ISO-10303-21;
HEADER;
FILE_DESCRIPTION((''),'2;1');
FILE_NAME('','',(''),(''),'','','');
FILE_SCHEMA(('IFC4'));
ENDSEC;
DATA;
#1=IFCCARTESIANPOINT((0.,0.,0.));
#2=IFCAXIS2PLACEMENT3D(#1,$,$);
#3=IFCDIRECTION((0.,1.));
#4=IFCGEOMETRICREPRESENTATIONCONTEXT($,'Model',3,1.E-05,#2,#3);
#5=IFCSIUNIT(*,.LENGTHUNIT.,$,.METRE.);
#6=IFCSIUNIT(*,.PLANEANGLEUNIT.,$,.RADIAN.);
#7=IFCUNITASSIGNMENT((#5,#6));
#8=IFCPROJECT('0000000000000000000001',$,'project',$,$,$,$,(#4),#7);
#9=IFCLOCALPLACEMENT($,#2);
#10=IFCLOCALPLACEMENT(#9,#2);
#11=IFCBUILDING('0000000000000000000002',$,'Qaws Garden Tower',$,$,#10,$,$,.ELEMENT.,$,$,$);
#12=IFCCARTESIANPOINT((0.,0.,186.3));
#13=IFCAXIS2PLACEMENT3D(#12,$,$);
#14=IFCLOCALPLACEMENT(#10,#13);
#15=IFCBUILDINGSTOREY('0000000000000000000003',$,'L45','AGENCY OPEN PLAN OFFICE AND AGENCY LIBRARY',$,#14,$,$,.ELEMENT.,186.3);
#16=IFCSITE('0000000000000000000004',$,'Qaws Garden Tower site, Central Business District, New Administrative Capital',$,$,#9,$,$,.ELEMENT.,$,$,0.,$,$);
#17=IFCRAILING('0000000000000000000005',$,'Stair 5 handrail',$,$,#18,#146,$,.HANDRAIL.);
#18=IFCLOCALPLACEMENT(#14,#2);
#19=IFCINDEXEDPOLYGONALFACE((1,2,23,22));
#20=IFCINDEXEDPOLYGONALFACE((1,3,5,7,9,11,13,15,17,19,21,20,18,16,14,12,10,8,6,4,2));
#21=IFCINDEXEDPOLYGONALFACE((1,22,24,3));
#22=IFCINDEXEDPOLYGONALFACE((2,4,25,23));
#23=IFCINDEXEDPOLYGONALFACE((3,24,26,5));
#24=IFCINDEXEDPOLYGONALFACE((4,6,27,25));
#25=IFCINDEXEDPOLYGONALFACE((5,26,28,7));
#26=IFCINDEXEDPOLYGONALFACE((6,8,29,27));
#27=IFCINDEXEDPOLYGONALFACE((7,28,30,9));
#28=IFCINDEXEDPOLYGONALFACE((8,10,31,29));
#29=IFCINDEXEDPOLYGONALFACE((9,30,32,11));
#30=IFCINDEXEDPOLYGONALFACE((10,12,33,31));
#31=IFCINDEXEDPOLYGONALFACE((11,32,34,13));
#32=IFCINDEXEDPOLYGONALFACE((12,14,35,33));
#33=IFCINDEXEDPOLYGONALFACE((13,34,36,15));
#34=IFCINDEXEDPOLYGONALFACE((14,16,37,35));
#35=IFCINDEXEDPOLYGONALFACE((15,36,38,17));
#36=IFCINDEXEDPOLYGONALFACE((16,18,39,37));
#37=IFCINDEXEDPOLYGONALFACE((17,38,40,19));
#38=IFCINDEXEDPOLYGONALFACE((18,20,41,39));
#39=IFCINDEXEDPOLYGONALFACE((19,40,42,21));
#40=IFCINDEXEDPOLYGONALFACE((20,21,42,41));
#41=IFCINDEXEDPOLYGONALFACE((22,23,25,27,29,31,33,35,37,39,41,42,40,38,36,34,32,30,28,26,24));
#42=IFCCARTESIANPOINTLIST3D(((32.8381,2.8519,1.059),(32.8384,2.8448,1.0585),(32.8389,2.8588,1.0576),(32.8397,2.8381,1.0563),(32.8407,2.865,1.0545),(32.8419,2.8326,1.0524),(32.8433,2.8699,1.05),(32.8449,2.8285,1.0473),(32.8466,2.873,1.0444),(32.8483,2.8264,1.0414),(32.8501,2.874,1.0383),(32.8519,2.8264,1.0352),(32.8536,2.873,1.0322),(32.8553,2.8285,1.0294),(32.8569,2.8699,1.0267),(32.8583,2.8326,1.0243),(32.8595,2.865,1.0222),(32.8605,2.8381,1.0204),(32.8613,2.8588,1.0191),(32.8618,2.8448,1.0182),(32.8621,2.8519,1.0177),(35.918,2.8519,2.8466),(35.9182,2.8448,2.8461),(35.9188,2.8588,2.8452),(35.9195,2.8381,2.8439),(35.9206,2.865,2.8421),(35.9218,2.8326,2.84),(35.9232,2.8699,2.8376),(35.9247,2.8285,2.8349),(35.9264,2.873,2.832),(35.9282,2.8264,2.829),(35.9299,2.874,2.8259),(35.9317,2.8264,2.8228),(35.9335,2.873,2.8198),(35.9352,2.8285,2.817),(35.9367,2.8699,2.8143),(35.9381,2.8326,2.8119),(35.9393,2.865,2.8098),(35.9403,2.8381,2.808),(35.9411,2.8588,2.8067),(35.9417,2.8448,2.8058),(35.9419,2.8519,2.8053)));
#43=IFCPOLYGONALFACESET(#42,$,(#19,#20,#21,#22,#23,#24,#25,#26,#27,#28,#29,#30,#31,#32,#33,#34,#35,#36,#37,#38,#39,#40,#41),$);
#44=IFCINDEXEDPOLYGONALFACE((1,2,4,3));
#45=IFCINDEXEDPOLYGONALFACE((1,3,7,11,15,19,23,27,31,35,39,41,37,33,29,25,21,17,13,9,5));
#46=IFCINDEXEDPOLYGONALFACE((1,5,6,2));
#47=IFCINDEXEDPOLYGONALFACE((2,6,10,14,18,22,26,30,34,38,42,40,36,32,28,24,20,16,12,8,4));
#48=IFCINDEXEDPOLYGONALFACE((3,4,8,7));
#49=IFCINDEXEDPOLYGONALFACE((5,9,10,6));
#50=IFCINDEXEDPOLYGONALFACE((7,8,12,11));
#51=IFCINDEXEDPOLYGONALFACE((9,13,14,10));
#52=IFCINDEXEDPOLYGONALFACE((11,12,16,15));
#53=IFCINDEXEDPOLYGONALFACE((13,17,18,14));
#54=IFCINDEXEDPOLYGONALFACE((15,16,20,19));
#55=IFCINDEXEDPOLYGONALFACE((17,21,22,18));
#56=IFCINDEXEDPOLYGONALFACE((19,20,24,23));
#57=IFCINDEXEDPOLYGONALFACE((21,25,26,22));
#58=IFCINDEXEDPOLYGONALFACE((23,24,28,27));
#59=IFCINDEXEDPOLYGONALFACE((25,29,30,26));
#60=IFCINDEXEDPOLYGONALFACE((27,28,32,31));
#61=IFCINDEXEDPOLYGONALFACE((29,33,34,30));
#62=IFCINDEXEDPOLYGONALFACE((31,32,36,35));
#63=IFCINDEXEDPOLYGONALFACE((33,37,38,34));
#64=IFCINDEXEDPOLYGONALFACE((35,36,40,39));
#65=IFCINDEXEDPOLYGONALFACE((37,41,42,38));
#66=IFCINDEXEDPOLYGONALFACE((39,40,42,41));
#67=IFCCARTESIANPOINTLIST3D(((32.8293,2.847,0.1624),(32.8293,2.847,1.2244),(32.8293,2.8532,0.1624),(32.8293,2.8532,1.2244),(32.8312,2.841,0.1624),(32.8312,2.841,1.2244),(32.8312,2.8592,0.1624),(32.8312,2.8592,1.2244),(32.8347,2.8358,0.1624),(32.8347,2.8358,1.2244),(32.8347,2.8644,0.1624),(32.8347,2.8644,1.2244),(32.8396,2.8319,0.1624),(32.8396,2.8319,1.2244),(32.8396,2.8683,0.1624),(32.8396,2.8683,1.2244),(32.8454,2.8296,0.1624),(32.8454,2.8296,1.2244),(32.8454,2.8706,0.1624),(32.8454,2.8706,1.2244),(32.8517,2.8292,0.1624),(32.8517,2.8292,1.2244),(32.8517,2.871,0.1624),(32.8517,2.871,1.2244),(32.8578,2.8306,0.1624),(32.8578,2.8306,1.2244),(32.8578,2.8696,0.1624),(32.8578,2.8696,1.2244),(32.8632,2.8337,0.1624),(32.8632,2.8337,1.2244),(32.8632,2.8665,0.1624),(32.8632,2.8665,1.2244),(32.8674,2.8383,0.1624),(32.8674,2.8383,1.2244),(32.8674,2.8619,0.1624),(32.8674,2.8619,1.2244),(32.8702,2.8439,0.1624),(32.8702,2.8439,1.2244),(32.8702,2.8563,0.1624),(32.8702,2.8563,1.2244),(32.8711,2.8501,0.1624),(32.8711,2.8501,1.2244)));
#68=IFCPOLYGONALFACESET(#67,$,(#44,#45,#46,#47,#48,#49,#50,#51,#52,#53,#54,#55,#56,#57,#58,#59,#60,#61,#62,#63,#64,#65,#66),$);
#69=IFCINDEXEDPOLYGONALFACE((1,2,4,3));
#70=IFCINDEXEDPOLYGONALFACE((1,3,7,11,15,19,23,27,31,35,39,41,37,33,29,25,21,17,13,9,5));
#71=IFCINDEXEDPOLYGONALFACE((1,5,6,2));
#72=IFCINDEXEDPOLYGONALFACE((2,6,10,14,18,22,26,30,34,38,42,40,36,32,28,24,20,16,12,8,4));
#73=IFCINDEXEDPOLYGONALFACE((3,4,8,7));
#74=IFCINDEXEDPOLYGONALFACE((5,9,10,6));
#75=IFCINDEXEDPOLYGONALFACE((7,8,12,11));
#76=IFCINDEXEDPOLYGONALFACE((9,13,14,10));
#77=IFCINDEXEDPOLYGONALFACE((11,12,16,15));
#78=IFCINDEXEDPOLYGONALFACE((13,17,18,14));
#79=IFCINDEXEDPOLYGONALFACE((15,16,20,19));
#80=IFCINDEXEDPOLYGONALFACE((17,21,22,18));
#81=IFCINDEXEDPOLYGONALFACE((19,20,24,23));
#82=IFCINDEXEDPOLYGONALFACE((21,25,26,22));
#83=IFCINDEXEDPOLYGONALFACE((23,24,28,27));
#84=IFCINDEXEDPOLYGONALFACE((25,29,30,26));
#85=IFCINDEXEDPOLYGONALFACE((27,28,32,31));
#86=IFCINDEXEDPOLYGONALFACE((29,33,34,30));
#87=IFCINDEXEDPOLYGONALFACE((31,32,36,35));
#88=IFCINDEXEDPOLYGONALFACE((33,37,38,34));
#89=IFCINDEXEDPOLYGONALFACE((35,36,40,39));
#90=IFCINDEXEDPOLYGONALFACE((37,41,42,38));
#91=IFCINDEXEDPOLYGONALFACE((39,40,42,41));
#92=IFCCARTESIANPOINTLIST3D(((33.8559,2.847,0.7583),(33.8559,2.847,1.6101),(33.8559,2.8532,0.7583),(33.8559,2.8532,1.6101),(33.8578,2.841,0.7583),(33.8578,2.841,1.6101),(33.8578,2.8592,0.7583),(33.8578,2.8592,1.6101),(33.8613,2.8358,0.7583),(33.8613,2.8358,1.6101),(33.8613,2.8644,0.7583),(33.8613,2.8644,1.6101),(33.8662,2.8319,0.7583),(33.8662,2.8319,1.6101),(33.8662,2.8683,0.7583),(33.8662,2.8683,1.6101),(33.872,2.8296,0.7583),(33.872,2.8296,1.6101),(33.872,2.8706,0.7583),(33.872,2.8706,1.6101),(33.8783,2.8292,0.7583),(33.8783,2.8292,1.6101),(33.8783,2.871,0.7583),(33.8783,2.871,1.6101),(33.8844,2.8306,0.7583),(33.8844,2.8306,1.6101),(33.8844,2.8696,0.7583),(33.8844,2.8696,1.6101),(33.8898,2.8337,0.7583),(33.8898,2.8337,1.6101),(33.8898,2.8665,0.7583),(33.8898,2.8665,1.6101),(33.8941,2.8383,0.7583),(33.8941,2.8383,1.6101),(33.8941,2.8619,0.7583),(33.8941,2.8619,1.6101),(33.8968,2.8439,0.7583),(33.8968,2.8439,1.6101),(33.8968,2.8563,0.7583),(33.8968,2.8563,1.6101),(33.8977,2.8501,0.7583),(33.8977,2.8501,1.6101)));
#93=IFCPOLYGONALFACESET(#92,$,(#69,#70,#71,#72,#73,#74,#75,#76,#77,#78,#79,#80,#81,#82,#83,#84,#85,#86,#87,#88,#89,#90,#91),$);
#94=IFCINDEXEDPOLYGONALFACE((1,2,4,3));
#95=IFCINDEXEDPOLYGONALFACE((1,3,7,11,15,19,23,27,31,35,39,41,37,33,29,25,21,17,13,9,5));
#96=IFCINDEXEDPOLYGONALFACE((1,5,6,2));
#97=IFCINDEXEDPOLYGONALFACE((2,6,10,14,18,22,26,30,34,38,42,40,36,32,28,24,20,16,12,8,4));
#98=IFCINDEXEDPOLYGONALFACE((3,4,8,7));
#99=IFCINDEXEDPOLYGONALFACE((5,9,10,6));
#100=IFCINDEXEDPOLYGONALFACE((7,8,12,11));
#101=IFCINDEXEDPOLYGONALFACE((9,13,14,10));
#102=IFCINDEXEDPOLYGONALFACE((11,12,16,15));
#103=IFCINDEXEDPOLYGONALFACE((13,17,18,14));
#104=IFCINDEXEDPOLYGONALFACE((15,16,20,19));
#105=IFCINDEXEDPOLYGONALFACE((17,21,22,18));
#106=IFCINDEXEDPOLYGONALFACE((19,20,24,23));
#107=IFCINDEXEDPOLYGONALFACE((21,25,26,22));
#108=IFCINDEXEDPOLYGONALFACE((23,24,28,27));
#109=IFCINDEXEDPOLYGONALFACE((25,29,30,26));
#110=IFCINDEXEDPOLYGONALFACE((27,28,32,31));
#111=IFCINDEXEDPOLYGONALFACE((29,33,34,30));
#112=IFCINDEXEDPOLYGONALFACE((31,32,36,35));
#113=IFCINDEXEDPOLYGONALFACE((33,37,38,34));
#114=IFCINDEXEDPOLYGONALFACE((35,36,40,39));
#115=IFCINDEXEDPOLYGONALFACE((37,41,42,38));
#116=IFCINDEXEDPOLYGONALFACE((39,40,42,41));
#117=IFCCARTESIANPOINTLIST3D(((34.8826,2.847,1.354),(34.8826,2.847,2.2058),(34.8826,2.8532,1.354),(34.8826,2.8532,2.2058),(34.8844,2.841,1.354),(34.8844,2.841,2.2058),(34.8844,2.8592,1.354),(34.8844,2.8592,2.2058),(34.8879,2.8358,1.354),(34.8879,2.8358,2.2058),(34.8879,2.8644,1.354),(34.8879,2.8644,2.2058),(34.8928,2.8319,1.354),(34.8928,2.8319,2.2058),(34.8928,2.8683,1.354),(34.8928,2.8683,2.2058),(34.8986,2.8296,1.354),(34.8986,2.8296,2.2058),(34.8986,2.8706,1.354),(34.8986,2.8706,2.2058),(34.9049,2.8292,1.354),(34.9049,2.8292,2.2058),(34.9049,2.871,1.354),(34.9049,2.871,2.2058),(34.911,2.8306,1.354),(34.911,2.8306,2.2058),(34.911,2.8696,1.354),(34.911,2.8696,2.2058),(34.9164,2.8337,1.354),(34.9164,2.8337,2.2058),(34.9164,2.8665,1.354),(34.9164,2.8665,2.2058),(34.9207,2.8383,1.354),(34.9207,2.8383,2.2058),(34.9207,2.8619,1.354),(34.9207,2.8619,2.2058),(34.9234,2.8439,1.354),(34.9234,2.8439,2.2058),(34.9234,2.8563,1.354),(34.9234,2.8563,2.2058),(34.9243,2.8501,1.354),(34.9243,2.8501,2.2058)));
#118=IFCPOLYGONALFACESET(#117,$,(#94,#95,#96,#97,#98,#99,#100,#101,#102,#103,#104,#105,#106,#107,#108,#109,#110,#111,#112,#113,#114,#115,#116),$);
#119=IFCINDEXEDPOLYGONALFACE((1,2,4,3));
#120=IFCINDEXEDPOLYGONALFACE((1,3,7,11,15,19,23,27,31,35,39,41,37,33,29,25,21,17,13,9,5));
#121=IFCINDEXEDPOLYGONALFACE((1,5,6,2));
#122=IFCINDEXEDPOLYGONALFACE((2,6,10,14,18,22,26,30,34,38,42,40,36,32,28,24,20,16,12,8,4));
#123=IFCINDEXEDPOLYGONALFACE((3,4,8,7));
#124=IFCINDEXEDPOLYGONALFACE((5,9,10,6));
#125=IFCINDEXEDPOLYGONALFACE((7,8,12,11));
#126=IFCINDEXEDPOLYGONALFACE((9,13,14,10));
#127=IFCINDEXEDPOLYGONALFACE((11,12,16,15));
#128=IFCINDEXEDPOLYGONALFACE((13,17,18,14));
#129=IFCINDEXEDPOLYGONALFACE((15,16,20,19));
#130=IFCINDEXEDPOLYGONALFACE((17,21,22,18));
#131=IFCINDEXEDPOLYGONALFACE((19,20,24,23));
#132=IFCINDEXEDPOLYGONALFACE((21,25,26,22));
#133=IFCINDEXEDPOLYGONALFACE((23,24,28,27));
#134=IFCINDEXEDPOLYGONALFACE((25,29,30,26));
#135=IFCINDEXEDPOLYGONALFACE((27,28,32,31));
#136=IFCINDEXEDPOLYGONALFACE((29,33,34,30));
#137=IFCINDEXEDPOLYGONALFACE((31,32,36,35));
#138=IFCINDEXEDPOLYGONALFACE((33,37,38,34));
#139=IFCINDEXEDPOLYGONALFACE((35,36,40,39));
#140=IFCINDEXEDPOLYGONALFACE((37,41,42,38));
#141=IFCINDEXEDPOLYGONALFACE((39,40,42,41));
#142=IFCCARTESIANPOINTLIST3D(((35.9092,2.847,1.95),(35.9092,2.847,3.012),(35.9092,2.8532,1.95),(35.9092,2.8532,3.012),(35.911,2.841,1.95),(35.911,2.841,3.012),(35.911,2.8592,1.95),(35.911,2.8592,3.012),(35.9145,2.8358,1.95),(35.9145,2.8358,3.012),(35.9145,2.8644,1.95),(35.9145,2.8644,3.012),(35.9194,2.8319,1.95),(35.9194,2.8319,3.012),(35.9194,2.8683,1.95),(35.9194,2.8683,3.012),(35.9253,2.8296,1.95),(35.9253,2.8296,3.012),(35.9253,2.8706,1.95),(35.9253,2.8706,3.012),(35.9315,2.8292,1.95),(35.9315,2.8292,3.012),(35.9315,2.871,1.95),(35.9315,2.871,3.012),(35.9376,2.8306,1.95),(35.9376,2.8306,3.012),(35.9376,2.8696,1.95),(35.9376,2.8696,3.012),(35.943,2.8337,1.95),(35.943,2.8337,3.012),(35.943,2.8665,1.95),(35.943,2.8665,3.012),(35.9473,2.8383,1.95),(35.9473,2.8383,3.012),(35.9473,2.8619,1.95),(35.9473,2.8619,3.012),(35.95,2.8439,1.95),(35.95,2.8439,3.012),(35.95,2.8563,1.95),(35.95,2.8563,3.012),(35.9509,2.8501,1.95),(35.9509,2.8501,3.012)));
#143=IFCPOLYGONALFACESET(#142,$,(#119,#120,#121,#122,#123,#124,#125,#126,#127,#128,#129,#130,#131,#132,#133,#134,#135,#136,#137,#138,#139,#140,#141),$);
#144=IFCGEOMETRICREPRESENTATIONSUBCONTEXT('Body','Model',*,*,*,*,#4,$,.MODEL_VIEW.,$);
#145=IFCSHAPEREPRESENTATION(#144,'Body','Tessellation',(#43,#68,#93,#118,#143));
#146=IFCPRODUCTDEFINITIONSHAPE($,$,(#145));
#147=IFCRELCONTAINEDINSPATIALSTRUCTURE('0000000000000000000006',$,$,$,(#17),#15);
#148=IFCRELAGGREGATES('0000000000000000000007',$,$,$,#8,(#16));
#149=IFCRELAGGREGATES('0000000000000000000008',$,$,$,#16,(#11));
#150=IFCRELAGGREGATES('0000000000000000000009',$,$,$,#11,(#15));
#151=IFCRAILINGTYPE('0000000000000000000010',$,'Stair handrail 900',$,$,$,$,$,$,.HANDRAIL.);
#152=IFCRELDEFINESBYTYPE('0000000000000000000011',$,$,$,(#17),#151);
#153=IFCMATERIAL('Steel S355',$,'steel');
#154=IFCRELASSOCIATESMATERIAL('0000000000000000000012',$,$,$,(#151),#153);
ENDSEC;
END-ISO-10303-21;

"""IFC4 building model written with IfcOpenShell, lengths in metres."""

from ifc_helpers import new_model, si_unit, direction, frame, origin, origin_2d, place, context, subcontext, project, spatial, circle, extrude, material, type_object, element, save


model = new_model("IFC4")

# Units and contexts
model_context = context("Model", 3, precision=1e-05, world=origin(), true_north=direction((0.0, 1.0)))
body_context = subcontext(model_context, "Body", "Model", "MODEL_VIEW")
ifc_project = project(units=[si_unit("LENGTHUNIT", "METRE"), si_unit("PLANEANGLEUNIT", "RADIAN")], contexts=[model_context])

# Site, building, storey
site_placement = place(None, origin())
site = spatial("IfcSite", under=ifc_project, at=site_placement, Name="Qaws Garden Tower site, Central Business District, New Administrative Capital", CompositionType="ELEMENT", RefElevation=0.0)
building_placement = place(site_placement, origin())
building = spatial("IfcBuilding", under=site, at=building_placement, Name="Qaws Garden Tower", CompositionType="ELEMENT")
storey_placement = place(building_placement, frame((0.0, 0.0, 186.3)))
storey = spatial("IfcBuildingStorey", under=building, at=storey_placement, Name="L45", Description="AGENCY OPEN PLAN OFFICE AND AGENCY LIBRARY", CompositionType="ELEMENT", Elevation=186.3)

# Railing
ifc_material_1 = material(Name="Steel S355", Category="steel")
railing_type = type_object("IfcRailingType", Name="Stair handrail 900", PredefinedType="HANDRAIL", material=ifc_material_1)
railing_placement = place(storey_placement, frame((32.8501, 2.8501, 0.1624)))
element("IfcRailing", 1, at=railing_placement, inside=storey, type_object=railing_type, Name="Stair 5 handrail", PredefinedType="HANDRAIL", context=body_context, shape_type="SweptSolid", body=[
    extrude(circle(Radius=0.0239, at=origin_2d()), frame((0.0, 0.0, 0.876), z_axis=(0.864873, 0.0, 0.50199), x_axis=(0.0, 1.0, 0.0)), (0.0, 0.0, 1.0), 3.561),
    extrude(circle(Radius=0.021, at=origin_2d()), origin(), (0.0, 0.0, 1.0), 1.062),
    extrude(circle(Radius=0.021, at=origin_2d()), frame((1.0266, 0.0, 0.5959)), (0.0, 0.0, 1.0), 0.8518),
    extrude(circle(Radius=0.021, at=origin_2d()), frame((2.0532, 0.0, 1.1917)), (0.0, 0.0, 1.0), 0.8518),
    extrude(circle(Radius=0.021, at=origin_2d()), frame((3.0798, 0.0, 1.7876)), (0.0, 0.0, 1.0), 1.062),
])

save(model, "model.ifc")
